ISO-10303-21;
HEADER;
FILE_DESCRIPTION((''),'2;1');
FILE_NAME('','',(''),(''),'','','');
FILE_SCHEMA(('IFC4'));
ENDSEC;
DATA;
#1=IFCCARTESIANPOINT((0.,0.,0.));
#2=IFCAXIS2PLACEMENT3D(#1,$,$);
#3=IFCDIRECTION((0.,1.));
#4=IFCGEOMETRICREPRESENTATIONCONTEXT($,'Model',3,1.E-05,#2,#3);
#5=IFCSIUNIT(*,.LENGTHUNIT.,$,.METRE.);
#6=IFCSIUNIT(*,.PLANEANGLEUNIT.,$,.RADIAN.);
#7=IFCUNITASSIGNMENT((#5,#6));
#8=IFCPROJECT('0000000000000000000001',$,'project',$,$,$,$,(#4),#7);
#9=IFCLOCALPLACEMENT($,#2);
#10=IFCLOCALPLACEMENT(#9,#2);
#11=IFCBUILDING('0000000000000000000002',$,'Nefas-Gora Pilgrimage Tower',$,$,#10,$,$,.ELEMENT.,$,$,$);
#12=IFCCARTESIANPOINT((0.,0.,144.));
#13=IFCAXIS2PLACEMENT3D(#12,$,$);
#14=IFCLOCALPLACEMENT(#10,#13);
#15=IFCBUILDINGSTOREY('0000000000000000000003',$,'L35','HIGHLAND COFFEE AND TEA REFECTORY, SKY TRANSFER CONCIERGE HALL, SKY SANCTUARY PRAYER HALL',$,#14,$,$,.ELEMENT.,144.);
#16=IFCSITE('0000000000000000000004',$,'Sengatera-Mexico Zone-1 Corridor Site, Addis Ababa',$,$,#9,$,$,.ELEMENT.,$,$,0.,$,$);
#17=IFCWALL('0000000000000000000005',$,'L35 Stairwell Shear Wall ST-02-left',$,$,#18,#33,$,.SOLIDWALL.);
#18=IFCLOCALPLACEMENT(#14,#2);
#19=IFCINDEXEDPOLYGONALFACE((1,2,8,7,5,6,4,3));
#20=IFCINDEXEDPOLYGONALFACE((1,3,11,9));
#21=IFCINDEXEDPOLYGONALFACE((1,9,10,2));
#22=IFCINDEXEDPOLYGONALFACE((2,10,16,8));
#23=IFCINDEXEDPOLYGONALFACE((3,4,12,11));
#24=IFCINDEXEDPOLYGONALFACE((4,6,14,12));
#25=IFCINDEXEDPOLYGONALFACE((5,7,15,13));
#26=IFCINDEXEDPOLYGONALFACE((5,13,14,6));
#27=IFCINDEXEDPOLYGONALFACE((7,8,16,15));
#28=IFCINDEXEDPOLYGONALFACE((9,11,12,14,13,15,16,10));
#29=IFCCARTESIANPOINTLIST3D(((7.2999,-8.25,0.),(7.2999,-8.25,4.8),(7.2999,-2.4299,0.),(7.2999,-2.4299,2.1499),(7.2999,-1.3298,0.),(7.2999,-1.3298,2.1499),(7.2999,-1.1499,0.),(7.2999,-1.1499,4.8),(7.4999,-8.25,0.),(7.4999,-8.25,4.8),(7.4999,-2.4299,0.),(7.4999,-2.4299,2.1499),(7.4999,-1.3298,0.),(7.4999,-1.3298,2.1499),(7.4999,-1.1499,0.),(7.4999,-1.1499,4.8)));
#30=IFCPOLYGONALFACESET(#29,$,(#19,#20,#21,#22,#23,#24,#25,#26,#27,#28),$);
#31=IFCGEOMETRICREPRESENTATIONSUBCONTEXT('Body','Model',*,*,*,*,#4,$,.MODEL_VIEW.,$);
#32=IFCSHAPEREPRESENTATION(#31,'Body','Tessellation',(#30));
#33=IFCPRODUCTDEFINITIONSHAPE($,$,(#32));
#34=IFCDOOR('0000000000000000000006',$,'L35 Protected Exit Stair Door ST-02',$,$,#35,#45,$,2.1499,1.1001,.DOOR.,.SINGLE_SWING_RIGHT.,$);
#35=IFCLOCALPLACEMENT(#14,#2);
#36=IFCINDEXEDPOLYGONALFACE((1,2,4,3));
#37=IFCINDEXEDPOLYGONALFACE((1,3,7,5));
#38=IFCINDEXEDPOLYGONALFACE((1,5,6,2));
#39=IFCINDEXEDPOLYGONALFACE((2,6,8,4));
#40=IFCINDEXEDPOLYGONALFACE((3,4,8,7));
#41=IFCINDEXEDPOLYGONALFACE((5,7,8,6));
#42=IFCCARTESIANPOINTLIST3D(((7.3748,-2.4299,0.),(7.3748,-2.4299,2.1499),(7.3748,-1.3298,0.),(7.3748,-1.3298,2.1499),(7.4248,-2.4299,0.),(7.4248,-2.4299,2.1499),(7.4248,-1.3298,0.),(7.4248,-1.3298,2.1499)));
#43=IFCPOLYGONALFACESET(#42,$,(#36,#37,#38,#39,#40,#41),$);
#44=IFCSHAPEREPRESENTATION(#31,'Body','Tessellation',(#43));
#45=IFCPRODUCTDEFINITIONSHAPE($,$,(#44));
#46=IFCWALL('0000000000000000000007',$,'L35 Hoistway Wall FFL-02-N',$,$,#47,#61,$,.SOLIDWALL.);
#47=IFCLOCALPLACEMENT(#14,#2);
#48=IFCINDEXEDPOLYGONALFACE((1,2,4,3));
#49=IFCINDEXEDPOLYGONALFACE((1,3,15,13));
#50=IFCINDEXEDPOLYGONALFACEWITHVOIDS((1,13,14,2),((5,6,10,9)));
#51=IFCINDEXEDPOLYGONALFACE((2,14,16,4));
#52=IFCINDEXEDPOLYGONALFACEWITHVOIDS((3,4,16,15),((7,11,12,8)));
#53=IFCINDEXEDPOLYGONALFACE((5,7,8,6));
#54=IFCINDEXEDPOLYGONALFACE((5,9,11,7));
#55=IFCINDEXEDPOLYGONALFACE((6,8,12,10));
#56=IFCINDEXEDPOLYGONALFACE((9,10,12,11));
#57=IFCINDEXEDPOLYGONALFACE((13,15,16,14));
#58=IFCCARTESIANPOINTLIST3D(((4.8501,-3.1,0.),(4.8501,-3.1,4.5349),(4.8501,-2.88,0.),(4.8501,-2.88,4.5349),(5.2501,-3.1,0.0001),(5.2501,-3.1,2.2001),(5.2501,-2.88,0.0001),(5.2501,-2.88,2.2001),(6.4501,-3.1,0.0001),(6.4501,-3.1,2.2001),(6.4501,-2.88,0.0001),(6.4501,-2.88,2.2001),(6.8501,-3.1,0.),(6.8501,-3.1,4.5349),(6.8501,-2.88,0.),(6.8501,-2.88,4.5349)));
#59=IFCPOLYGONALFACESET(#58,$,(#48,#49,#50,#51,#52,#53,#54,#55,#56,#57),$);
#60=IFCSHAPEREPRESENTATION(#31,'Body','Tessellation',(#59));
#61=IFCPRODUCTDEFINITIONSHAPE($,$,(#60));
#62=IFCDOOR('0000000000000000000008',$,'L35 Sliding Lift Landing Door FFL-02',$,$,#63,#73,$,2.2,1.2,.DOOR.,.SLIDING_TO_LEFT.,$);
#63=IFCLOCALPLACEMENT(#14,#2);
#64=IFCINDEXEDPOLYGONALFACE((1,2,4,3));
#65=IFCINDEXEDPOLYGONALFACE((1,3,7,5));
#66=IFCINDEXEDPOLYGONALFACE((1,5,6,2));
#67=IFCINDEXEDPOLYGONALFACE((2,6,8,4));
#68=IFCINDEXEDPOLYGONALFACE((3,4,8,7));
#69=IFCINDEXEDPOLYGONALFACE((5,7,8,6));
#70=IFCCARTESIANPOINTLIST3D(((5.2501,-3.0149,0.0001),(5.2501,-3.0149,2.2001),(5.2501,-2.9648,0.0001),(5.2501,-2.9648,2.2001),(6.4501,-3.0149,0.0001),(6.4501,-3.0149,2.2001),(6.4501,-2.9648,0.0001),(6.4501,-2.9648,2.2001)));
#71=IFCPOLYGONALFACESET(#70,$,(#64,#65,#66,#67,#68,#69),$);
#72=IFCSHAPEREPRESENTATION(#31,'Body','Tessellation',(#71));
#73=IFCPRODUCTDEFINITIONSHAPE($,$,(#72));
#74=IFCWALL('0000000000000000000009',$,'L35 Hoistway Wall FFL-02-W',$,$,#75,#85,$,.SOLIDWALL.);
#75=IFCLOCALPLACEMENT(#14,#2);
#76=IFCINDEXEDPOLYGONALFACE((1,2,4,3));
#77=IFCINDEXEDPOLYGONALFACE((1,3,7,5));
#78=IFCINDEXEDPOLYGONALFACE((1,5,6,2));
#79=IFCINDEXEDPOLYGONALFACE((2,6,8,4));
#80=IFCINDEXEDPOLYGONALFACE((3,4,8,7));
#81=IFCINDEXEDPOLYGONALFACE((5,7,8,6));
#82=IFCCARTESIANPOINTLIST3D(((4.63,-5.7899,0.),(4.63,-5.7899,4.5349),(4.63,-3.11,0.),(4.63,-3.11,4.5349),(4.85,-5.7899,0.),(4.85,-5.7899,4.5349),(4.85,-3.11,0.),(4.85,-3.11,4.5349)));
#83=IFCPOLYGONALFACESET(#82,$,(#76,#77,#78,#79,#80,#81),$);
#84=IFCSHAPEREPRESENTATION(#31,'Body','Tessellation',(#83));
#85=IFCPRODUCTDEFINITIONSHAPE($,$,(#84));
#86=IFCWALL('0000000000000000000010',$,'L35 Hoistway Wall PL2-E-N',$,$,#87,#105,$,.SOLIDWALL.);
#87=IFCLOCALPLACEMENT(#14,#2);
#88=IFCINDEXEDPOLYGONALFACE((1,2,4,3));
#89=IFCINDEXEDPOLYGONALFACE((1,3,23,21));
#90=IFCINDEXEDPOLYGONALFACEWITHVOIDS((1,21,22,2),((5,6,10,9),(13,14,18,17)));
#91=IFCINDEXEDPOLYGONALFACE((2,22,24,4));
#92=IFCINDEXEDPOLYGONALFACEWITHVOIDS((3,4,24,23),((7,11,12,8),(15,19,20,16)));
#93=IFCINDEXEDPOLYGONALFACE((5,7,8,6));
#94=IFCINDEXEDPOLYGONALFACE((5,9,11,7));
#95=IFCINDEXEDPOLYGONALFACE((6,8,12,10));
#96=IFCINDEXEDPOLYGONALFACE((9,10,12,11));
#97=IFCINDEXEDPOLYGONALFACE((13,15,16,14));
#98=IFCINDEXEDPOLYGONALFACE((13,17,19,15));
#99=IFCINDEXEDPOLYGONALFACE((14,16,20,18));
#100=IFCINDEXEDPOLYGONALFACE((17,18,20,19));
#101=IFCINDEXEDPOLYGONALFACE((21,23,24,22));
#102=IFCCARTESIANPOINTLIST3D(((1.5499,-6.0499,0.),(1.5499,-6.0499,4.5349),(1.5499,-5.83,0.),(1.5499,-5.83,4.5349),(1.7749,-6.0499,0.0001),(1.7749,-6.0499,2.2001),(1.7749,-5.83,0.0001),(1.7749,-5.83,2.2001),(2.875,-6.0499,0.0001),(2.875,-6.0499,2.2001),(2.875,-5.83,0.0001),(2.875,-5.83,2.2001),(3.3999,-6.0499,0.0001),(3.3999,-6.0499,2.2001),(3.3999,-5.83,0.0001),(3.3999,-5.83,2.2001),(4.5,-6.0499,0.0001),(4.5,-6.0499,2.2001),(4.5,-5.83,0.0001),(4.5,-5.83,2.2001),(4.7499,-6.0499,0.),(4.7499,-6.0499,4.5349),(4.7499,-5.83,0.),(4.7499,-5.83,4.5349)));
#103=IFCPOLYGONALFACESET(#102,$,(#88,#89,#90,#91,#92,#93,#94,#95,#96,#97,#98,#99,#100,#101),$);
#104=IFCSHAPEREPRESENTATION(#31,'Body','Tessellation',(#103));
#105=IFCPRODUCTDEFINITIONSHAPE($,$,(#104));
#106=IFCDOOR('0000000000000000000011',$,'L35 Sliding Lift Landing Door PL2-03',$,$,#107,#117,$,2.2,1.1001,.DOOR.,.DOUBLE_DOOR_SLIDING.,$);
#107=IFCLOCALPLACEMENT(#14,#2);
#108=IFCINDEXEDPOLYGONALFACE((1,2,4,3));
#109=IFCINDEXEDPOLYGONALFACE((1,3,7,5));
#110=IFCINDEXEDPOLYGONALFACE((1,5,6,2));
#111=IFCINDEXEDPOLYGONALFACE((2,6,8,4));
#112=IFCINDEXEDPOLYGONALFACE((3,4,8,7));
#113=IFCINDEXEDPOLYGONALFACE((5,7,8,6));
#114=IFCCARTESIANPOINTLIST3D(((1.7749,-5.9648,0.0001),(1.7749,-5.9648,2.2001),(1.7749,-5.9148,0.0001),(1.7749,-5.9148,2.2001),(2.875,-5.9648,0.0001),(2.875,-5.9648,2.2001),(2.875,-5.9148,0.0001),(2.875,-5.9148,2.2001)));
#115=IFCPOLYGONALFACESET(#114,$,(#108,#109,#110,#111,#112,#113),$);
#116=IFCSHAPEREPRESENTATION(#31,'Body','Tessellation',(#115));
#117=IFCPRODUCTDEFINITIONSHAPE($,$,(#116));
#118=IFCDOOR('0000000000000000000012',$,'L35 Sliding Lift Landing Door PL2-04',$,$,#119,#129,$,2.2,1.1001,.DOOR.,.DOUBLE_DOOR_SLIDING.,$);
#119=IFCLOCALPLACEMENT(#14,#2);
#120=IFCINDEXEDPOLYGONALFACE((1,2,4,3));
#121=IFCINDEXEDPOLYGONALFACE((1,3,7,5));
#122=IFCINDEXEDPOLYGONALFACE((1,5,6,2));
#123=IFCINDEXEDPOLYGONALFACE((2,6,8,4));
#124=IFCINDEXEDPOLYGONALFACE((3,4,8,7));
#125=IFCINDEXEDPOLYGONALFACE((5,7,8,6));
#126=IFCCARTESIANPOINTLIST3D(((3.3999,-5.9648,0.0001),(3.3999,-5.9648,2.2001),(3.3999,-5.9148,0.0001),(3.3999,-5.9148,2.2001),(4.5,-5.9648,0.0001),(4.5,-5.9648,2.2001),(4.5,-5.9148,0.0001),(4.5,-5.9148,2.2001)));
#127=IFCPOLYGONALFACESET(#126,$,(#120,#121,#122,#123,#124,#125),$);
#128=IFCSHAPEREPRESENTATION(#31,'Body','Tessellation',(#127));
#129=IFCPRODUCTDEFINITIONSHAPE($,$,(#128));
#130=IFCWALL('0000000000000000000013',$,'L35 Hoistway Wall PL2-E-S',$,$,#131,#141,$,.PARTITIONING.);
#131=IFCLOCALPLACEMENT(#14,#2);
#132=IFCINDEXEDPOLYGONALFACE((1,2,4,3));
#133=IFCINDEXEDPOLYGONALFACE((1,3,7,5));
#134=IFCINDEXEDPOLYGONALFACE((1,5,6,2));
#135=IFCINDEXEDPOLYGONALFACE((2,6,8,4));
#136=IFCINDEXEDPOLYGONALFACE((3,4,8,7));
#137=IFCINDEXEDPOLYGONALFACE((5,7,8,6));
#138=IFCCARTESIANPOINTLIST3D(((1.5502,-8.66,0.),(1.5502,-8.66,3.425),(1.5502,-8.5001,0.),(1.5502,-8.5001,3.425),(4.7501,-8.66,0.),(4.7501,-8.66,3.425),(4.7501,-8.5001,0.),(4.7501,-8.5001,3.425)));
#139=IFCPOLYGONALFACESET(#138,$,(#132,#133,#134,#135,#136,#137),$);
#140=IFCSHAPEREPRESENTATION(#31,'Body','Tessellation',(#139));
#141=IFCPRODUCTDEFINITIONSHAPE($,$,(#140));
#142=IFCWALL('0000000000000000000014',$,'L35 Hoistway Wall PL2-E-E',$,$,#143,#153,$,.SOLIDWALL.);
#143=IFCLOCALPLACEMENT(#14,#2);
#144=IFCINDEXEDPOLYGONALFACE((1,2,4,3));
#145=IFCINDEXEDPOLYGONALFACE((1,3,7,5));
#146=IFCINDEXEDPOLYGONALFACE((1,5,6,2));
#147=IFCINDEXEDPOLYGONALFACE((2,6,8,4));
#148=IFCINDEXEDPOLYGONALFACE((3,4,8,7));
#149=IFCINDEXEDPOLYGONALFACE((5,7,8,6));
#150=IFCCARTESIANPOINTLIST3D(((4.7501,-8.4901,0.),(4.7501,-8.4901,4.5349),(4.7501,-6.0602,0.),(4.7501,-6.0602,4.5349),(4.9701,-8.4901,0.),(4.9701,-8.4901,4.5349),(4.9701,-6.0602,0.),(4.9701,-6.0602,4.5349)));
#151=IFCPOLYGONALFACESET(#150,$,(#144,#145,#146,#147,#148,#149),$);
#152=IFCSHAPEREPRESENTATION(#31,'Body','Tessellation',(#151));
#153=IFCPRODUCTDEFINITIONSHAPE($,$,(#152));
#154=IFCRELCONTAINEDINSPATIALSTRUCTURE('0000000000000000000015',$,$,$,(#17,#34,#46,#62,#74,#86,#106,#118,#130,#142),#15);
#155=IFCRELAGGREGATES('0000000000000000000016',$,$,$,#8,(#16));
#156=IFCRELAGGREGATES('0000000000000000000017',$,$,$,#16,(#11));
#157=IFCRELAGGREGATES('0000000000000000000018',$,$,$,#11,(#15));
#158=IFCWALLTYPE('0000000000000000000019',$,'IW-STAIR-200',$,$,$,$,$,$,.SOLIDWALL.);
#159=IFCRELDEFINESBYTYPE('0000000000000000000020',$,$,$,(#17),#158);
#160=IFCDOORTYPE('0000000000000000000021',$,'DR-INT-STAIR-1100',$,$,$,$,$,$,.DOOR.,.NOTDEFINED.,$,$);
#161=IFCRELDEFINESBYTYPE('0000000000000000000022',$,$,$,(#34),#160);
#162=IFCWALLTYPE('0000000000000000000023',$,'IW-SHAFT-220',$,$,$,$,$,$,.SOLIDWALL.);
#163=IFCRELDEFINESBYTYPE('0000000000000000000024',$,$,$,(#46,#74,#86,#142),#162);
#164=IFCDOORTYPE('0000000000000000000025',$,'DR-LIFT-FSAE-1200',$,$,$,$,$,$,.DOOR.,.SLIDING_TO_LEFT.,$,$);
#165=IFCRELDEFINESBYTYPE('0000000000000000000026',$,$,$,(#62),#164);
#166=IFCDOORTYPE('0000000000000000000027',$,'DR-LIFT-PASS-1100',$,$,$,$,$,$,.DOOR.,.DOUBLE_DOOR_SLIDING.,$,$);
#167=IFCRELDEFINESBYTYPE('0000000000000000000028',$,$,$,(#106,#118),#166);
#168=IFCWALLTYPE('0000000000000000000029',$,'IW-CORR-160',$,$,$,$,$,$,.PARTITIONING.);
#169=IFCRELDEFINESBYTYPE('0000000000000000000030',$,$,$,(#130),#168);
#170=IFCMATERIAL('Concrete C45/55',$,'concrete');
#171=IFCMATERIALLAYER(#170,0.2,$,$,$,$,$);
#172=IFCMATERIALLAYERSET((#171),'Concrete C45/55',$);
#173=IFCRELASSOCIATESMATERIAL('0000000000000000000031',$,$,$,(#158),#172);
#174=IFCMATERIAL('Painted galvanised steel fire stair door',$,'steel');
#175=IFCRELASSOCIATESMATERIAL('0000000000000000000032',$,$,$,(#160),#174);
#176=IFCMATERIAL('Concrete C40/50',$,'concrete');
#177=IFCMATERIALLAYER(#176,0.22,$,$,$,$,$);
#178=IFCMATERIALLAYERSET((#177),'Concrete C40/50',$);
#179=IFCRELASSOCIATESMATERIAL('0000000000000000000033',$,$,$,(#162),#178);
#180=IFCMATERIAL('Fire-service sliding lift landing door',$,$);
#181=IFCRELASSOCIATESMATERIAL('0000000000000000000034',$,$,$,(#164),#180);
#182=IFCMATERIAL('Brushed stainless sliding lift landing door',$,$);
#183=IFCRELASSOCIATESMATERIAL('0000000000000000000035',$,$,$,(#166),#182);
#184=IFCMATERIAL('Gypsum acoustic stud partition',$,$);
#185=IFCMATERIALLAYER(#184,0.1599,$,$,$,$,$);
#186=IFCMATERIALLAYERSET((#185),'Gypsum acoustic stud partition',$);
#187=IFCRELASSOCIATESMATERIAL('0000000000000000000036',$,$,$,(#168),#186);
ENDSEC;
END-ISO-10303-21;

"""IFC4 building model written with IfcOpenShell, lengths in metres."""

from ifc_helpers import new_model, si_unit, direction, frame, frame_2d, origin, place, context, subcontext, project, spatial, rectangle, extrude, source, transform, mapped, material, layer, layer_set, type_object, element, fill, save


model = new_model("IFC4")

# Units and contexts
model_context = context("Model", 3, precision=1e-05, world=origin(), true_north=direction((0.0, 1.0)))
body_context = subcontext(model_context, "Body", "Model", "MODEL_VIEW")
ifc_project = project(units=[si_unit("LENGTHUNIT", "METRE"), si_unit("PLANEANGLEUNIT", "RADIAN")], contexts=[model_context])

# Site, building, storey
site_placement = place(None, origin())
site = spatial("IfcSite", under=ifc_project, at=site_placement, Name="Sengatera-Mexico Zone-1 Corridor Site, Addis Ababa", CompositionType="ELEMENT", RefElevation=0.0)
building_placement = place(site_placement, origin())
building = spatial("IfcBuilding", under=site, at=building_placement, Name="Nefas-Gora Pilgrimage Tower", CompositionType="ELEMENT")
storey_placement = place(building_placement, frame((0.0, 0.0, 144.0)))
storey = spatial("IfcBuildingStorey", under=building, at=storey_placement, Name="L35", Description="HIGHLAND COFFEE AND TEA REFECTORY, SKY TRANSFER CONCIERGE HALL, SKY SANCTUARY PRAYER HALL", CompositionType="ELEMENT", Elevation=144.0)

# Shared definitions
ifc_material_1 = material(Name="Concrete C45/55", Category="concrete")
ifc_layer_1 = layer(ifc_material_1, 0.2)
ifc_layer_set_1 = layer_set([ifc_layer_1], Name="Concrete C45/55")
wall_type_1 = type_object("IfcWallType", Name="IW-STAIR-200", PredefinedType="SOLIDWALL", material=ifc_layer_set_1)

# Walls, openings, doors
shared_shape_1 = source(origin(), body_context, "Body", "SweptSolid", [
    extrude(rectangle(XDim=7.1001, YDim=0.2, at=frame_2d((3.55, 0.0))), origin(), (0.0, 0.0, 1.0), 4.8),
])
wall_1_placement = place(storey_placement, frame((7.3999, -1.1499, 0.0), z_axis=(0.0, 0.0, 1.0), x_axis=(0.0, -1.0, 0.0)))
wall_1 = element("IfcWall", 1, at=wall_1_placement, inside=storey, type_object=wall_type_1, Name="L35 Stairwell Shear Wall ST-02-left", PredefinedType="SOLIDWALL", context=body_context, shape_type="MappedRepresentation", body=[
    mapped(shared_shape_1, transform((0.0, 0.0, 0.0), x_axis=(1.0, 0.0, 0.0), y_axis=(0.0, 1.0, 0.0), z_axis=(0.0, 0.0, 1.0), scale=1.0)),
])
opening_1_placement = place(wall_1_placement, frame((0.1799, 0.0, 0.0)))
opening_1 = element("IfcOpeningElement", 2, at=opening_1_placement, cuts=wall_1, PredefinedType="OPENING", context=body_context, shape_type="SweptSolid", body=[
    extrude(rectangle(XDim=1.1001, YDim=2.1499, at=frame_2d((0.55, 1.075))), frame((0.0, 0.1099, 0.0), z_axis=(0.0, -1.0, 0.0), x_axis=(1.0, 0.0, 0.0)), (0.0, 0.0, 1.0), 0.22),
])
ifc_material_2 = material(Name="Painted galvanised steel fire stair door", Category="steel")
door_type_1 = type_object("IfcDoorType", Name="DR-INT-STAIR-1100", OperationType="NOTDEFINED", PredefinedType="DOOR", material=ifc_material_2)
shared_shape_2 = source(origin(), body_context, "Body", "SweptSolid", [
    extrude(rectangle(XDim=1.1001, YDim=2.1499, at=frame_2d((0.55, 1.075))), frame((0.0, 0.0249, 0.0), z_axis=(0.0, -1.0, 0.0), x_axis=(1.0, 0.0, 0.0)), (0.0, 0.0, 1.0), 0.05),
])
door_1_placement = place(opening_1_placement, origin())
door_1 = element("IfcDoor", 3, at=door_1_placement, inside=storey, type_object=door_type_1, Name="L35 Protected Exit Stair Door ST-02", OperationType="SINGLE_SWING_RIGHT", OverallHeight=2.1499, OverallWidth=1.1001, PredefinedType="DOOR", context=body_context, shape_type="MappedRepresentation", body=[
    mapped(shared_shape_2, transform((0.0, 0.0, 0.0), x_axis=(1.0, 0.0, 0.0), y_axis=(0.0, 1.0, 0.0), z_axis=(0.0, 0.0, 1.0), scale=1.0)),
])
fill(opening_1, door_1)
ifc_material_3 = material(Name="Concrete C40/50", Category="concrete")
ifc_layer_2 = layer(ifc_material_3, 0.22)
ifc_layer_set_2 = layer_set([ifc_layer_2], Name="Concrete C40/50")
wall_type_2 = type_object("IfcWallType", Name="IW-SHAFT-220", PredefinedType="SOLIDWALL", material=ifc_layer_set_2)
shared_shape_3 = source(origin(), body_context, "Body", "SweptSolid", [
    extrude(rectangle(XDim=2.0, YDim=0.22, at=frame_2d((1.0, 0.0))), origin(), (0.0, 0.0, 1.0), 4.5349),
])
wall_2_placement = place(storey_placement, frame((6.8501, -2.99, 0.0), z_axis=(0.0, 0.0, 1.0), x_axis=(-1.0, 0.0, 0.0)))
wall_2 = element("IfcWall", 4, at=wall_2_placement, inside=storey, type_object=wall_type_2, Name="L35 Hoistway Wall FFL-02-N", PredefinedType="SOLIDWALL", context=body_context, shape_type="MappedRepresentation", body=[
    mapped(shared_shape_3, transform((0.0, 0.0, 0.0), x_axis=(1.0, 0.0, 0.0), y_axis=(0.0, 1.0, 0.0), z_axis=(0.0, 0.0, 1.0), scale=1.0)),
])
opening_2_placement = place(wall_2_placement, frame((0.3999, 0.0, 0.0)))
opening_2 = element("IfcOpeningElement", 5, at=opening_2_placement, cuts=wall_2, PredefinedType="OPENING", context=body_context, shape_type="SweptSolid", body=[
    extrude(rectangle(XDim=1.2, YDim=2.2, at=frame_2d((0.6001, 1.1001))), frame((0.0, 0.1199, 0.0), z_axis=(0.0, -1.0, 0.0), x_axis=(1.0, 0.0, 0.0)), (0.0, 0.0, 1.0), 0.24),
])
ifc_material_4 = material(Name="Fire-service sliding lift landing door")
door_type_2 = type_object("IfcDoorType", Name="DR-LIFT-FSAE-1200", OperationType="SLIDING_TO_LEFT", PredefinedType="DOOR", material=ifc_material_4)
shared_shape_4 = source(origin(), body_context, "Body", "SweptSolid", [
    extrude(rectangle(XDim=1.2, YDim=2.2, at=frame_2d((0.6001, 1.1001))), frame((0.0, 0.0249, 0.0), z_axis=(0.0, -1.0, 0.0), x_axis=(1.0, 0.0, 0.0)), (0.0, 0.0, 1.0), 0.05),
])
door_2_placement = place(opening_2_placement, origin())
door_2 = element("IfcDoor", 6, at=door_2_placement, inside=storey, type_object=door_type_2, Name="L35 Sliding Lift Landing Door FFL-02", OperationType="SLIDING_TO_LEFT", OverallHeight=2.2, OverallWidth=1.2, PredefinedType="DOOR", context=body_context, shape_type="MappedRepresentation", body=[
    mapped(shared_shape_4, transform((0.0, 0.0, 0.0), x_axis=(1.0, 0.0, 0.0), y_axis=(0.0, 1.0, 0.0), z_axis=(0.0, 0.0, 1.0), scale=1.0)),
])
fill(opening_2, door_2)

# Wall
shared_shape_5 = source(origin(), body_context, "Body", "SweptSolid", [
    extrude(rectangle(XDim=2.6799, YDim=0.22, at=frame_2d((1.3398, 0.0))), origin(), (0.0, 0.0, 1.0), 4.5349),
])
wall_3_placement = place(storey_placement, frame((4.74, -3.1101, 0.0), z_axis=(0.0, 0.0, 1.0), x_axis=(0.0, -1.0, 0.0)))
element("IfcWall", 7, at=wall_3_placement, inside=storey, type_object=wall_type_2, Name="L35 Hoistway Wall FFL-02-W", PredefinedType="SOLIDWALL", context=body_context, shape_type="MappedRepresentation", body=[
    mapped(shared_shape_5, transform((0.0, 0.0, 0.0), x_axis=(1.0, 0.0, 0.0), y_axis=(0.0, 1.0, 0.0), z_axis=(0.0, 0.0, 1.0), scale=1.0)),
])

# Wall, openings, doors
shared_shape_6 = source(origin(), body_context, "Body", "SweptSolid", [
    extrude(rectangle(XDim=3.2, YDim=0.22, at=frame_2d((1.6001, 0.0))), origin(), (0.0, 0.0, 1.0), 4.5349),
])
wall_4_placement = place(storey_placement, frame((4.75, -5.9399, 0.0), z_axis=(0.0, 0.0, 1.0), x_axis=(-1.0, 0.0, 0.0)))
wall_4 = element("IfcWall", 8, at=wall_4_placement, inside=storey, type_object=wall_type_2, Name="L35 Hoistway Wall PL2-E-N", PredefinedType="SOLIDWALL", context=body_context, shape_type="MappedRepresentation", body=[
    mapped(shared_shape_6, transform((0.0, 0.0, 0.0), x_axis=(1.0, 0.0, 0.0), y_axis=(0.0, 1.0, 0.0), z_axis=(0.0, 0.0, 1.0), scale=1.0)),
])
opening_3_placement = place(wall_4_placement, frame((1.875, 0.0, 0.0)))
opening_3 = element("IfcOpeningElement", 9, at=opening_3_placement, cuts=wall_4, PredefinedType="OPENING", context=body_context, shape_type="SweptSolid", body=[
    extrude(rectangle(XDim=1.1001, YDim=2.2, at=frame_2d((0.55, 1.1001))), frame((0.0, 0.1199, 0.0), z_axis=(0.0, -1.0, 0.0), x_axis=(1.0, 0.0, 0.0)), (0.0, 0.0, 1.0), 0.24),
])
opening_4_placement = place(wall_4_placement, frame((0.25, 0.0, 0.0)))
opening_4 = element("IfcOpeningElement", 10, at=opening_4_placement, cuts=wall_4, PredefinedType="OPENING", context=body_context, shape_type="SweptSolid", body=[
    extrude(rectangle(XDim=1.1001, YDim=2.2, at=frame_2d((0.55, 1.1001))), frame((0.0, 0.1199, 0.0), z_axis=(0.0, -1.0, 0.0), x_axis=(1.0, 0.0, 0.0)), (0.0, 0.0, 1.0), 0.24),
])
ifc_material_5 = material(Name="Brushed stainless sliding lift landing door")
door_type_3 = type_object("IfcDoorType", Name="DR-LIFT-PASS-1100", OperationType="DOUBLE_DOOR_SLIDING", PredefinedType="DOOR", material=ifc_material_5)
shared_shape_7 = source(origin(), body_context, "Body", "SweptSolid", [
    extrude(rectangle(XDim=1.1001, YDim=2.2, at=frame_2d((0.55, 1.1001))), frame((0.0, 0.0249, 0.0), z_axis=(0.0, -1.0, 0.0), x_axis=(1.0, 0.0, 0.0)), (0.0, 0.0, 1.0), 0.05),
])
door_3_placement = place(opening_3_placement, origin())
door_3 = element("IfcDoor", 11, at=door_3_placement, inside=storey, type_object=door_type_3, Name="L35 Sliding Lift Landing Door PL2-03", OperationType="DOUBLE_DOOR_SLIDING", OverallHeight=2.2, OverallWidth=1.1001, PredefinedType="DOOR", context=body_context, shape_type="MappedRepresentation", body=[
    mapped(shared_shape_7, transform((0.0, 0.0, 0.0), x_axis=(1.0, 0.0, 0.0), y_axis=(0.0, 1.0, 0.0), z_axis=(0.0, 0.0, 1.0), scale=1.0)),
])
fill(opening_3, door_3)
door_4_placement = place(opening_4_placement, origin())
door_4 = element("IfcDoor", 12, at=door_4_placement, inside=storey, type_object=door_type_3, Name="L35 Sliding Lift Landing Door PL2-04", OperationType="DOUBLE_DOOR_SLIDING", OverallHeight=2.2, OverallWidth=1.1001, PredefinedType="DOOR", context=body_context, shape_type="MappedRepresentation", body=[
    mapped(shared_shape_7, transform((0.0, 0.0, 0.0), x_axis=(1.0, 0.0, 0.0), y_axis=(0.0, 1.0, 0.0), z_axis=(0.0, 0.0, 1.0), scale=1.0)),
])
fill(opening_4, door_4)

# Walls
ifc_material_6 = material(Name="Gypsum acoustic stud partition")
ifc_layer_3 = layer(ifc_material_6, 0.1599)
ifc_layer_set_3 = layer_set([ifc_layer_3], Name="Gypsum acoustic stud partition")
wall_type_3 = type_object("IfcWallType", Name="IW-CORR-160", PredefinedType="PARTITIONING", material=ifc_layer_set_3)
shared_shape_8 = source(origin(), body_context, "Body", "SweptSolid", [
    extrude(rectangle(XDim=3.2, YDim=0.1599, at=frame_2d((1.6001, 0.0))), origin(), (0.0, 0.0, 1.0), 3.425),
])
wall_5_placement = place(storey_placement, frame((1.55, -8.5801, 0.0), z_axis=(0.0, 0.0, 1.0), x_axis=(1.0, 0.0, 0.0)))
element("IfcWall", 13, at=wall_5_placement, inside=storey, type_object=wall_type_3, Name="L35 Hoistway Wall PL2-E-S", PredefinedType="PARTITIONING", context=body_context, shape_type="MappedRepresentation", body=[
    mapped(shared_shape_8, transform((0.0, 0.0, 0.0), x_axis=(1.0, 0.0, 0.0), y_axis=(0.0, 1.0, 0.0), z_axis=(0.0, 0.0, 1.0), scale=1.0)),
])
shared_shape_9 = source(origin(), body_context, "Body", "SweptSolid", [
    extrude(rectangle(XDim=2.4299, YDim=0.22, at=frame_2d((1.2148, 0.0))), origin(), (0.0, 0.0, 1.0), 4.5349),
])
for number, where, z_axis, x_axis, name in (
    (14, (4.8601, -8.49, 0.0), (0.0, 0.0, 1.0), (0.0, 1.0, 0.0), "L35 Hoistway Wall PL2-E-E"),
):
    element("IfcWall", number, at=place(storey_placement, frame(where, z_axis=z_axis, x_axis=x_axis)), inside=storey, type_object=wall_type_2, Name=name, PredefinedType="SOLIDWALL", context=body_context, shape_type="MappedRepresentation", body=[
        mapped(shared_shape_9, transform((0.0, 0.0, 0.0), x_axis=(1.0, 0.0, 0.0), y_axis=(0.0, 1.0, 0.0), z_axis=(0.0, 0.0, 1.0), scale=1.0)),
    ])

save(model, "model.ifc")
